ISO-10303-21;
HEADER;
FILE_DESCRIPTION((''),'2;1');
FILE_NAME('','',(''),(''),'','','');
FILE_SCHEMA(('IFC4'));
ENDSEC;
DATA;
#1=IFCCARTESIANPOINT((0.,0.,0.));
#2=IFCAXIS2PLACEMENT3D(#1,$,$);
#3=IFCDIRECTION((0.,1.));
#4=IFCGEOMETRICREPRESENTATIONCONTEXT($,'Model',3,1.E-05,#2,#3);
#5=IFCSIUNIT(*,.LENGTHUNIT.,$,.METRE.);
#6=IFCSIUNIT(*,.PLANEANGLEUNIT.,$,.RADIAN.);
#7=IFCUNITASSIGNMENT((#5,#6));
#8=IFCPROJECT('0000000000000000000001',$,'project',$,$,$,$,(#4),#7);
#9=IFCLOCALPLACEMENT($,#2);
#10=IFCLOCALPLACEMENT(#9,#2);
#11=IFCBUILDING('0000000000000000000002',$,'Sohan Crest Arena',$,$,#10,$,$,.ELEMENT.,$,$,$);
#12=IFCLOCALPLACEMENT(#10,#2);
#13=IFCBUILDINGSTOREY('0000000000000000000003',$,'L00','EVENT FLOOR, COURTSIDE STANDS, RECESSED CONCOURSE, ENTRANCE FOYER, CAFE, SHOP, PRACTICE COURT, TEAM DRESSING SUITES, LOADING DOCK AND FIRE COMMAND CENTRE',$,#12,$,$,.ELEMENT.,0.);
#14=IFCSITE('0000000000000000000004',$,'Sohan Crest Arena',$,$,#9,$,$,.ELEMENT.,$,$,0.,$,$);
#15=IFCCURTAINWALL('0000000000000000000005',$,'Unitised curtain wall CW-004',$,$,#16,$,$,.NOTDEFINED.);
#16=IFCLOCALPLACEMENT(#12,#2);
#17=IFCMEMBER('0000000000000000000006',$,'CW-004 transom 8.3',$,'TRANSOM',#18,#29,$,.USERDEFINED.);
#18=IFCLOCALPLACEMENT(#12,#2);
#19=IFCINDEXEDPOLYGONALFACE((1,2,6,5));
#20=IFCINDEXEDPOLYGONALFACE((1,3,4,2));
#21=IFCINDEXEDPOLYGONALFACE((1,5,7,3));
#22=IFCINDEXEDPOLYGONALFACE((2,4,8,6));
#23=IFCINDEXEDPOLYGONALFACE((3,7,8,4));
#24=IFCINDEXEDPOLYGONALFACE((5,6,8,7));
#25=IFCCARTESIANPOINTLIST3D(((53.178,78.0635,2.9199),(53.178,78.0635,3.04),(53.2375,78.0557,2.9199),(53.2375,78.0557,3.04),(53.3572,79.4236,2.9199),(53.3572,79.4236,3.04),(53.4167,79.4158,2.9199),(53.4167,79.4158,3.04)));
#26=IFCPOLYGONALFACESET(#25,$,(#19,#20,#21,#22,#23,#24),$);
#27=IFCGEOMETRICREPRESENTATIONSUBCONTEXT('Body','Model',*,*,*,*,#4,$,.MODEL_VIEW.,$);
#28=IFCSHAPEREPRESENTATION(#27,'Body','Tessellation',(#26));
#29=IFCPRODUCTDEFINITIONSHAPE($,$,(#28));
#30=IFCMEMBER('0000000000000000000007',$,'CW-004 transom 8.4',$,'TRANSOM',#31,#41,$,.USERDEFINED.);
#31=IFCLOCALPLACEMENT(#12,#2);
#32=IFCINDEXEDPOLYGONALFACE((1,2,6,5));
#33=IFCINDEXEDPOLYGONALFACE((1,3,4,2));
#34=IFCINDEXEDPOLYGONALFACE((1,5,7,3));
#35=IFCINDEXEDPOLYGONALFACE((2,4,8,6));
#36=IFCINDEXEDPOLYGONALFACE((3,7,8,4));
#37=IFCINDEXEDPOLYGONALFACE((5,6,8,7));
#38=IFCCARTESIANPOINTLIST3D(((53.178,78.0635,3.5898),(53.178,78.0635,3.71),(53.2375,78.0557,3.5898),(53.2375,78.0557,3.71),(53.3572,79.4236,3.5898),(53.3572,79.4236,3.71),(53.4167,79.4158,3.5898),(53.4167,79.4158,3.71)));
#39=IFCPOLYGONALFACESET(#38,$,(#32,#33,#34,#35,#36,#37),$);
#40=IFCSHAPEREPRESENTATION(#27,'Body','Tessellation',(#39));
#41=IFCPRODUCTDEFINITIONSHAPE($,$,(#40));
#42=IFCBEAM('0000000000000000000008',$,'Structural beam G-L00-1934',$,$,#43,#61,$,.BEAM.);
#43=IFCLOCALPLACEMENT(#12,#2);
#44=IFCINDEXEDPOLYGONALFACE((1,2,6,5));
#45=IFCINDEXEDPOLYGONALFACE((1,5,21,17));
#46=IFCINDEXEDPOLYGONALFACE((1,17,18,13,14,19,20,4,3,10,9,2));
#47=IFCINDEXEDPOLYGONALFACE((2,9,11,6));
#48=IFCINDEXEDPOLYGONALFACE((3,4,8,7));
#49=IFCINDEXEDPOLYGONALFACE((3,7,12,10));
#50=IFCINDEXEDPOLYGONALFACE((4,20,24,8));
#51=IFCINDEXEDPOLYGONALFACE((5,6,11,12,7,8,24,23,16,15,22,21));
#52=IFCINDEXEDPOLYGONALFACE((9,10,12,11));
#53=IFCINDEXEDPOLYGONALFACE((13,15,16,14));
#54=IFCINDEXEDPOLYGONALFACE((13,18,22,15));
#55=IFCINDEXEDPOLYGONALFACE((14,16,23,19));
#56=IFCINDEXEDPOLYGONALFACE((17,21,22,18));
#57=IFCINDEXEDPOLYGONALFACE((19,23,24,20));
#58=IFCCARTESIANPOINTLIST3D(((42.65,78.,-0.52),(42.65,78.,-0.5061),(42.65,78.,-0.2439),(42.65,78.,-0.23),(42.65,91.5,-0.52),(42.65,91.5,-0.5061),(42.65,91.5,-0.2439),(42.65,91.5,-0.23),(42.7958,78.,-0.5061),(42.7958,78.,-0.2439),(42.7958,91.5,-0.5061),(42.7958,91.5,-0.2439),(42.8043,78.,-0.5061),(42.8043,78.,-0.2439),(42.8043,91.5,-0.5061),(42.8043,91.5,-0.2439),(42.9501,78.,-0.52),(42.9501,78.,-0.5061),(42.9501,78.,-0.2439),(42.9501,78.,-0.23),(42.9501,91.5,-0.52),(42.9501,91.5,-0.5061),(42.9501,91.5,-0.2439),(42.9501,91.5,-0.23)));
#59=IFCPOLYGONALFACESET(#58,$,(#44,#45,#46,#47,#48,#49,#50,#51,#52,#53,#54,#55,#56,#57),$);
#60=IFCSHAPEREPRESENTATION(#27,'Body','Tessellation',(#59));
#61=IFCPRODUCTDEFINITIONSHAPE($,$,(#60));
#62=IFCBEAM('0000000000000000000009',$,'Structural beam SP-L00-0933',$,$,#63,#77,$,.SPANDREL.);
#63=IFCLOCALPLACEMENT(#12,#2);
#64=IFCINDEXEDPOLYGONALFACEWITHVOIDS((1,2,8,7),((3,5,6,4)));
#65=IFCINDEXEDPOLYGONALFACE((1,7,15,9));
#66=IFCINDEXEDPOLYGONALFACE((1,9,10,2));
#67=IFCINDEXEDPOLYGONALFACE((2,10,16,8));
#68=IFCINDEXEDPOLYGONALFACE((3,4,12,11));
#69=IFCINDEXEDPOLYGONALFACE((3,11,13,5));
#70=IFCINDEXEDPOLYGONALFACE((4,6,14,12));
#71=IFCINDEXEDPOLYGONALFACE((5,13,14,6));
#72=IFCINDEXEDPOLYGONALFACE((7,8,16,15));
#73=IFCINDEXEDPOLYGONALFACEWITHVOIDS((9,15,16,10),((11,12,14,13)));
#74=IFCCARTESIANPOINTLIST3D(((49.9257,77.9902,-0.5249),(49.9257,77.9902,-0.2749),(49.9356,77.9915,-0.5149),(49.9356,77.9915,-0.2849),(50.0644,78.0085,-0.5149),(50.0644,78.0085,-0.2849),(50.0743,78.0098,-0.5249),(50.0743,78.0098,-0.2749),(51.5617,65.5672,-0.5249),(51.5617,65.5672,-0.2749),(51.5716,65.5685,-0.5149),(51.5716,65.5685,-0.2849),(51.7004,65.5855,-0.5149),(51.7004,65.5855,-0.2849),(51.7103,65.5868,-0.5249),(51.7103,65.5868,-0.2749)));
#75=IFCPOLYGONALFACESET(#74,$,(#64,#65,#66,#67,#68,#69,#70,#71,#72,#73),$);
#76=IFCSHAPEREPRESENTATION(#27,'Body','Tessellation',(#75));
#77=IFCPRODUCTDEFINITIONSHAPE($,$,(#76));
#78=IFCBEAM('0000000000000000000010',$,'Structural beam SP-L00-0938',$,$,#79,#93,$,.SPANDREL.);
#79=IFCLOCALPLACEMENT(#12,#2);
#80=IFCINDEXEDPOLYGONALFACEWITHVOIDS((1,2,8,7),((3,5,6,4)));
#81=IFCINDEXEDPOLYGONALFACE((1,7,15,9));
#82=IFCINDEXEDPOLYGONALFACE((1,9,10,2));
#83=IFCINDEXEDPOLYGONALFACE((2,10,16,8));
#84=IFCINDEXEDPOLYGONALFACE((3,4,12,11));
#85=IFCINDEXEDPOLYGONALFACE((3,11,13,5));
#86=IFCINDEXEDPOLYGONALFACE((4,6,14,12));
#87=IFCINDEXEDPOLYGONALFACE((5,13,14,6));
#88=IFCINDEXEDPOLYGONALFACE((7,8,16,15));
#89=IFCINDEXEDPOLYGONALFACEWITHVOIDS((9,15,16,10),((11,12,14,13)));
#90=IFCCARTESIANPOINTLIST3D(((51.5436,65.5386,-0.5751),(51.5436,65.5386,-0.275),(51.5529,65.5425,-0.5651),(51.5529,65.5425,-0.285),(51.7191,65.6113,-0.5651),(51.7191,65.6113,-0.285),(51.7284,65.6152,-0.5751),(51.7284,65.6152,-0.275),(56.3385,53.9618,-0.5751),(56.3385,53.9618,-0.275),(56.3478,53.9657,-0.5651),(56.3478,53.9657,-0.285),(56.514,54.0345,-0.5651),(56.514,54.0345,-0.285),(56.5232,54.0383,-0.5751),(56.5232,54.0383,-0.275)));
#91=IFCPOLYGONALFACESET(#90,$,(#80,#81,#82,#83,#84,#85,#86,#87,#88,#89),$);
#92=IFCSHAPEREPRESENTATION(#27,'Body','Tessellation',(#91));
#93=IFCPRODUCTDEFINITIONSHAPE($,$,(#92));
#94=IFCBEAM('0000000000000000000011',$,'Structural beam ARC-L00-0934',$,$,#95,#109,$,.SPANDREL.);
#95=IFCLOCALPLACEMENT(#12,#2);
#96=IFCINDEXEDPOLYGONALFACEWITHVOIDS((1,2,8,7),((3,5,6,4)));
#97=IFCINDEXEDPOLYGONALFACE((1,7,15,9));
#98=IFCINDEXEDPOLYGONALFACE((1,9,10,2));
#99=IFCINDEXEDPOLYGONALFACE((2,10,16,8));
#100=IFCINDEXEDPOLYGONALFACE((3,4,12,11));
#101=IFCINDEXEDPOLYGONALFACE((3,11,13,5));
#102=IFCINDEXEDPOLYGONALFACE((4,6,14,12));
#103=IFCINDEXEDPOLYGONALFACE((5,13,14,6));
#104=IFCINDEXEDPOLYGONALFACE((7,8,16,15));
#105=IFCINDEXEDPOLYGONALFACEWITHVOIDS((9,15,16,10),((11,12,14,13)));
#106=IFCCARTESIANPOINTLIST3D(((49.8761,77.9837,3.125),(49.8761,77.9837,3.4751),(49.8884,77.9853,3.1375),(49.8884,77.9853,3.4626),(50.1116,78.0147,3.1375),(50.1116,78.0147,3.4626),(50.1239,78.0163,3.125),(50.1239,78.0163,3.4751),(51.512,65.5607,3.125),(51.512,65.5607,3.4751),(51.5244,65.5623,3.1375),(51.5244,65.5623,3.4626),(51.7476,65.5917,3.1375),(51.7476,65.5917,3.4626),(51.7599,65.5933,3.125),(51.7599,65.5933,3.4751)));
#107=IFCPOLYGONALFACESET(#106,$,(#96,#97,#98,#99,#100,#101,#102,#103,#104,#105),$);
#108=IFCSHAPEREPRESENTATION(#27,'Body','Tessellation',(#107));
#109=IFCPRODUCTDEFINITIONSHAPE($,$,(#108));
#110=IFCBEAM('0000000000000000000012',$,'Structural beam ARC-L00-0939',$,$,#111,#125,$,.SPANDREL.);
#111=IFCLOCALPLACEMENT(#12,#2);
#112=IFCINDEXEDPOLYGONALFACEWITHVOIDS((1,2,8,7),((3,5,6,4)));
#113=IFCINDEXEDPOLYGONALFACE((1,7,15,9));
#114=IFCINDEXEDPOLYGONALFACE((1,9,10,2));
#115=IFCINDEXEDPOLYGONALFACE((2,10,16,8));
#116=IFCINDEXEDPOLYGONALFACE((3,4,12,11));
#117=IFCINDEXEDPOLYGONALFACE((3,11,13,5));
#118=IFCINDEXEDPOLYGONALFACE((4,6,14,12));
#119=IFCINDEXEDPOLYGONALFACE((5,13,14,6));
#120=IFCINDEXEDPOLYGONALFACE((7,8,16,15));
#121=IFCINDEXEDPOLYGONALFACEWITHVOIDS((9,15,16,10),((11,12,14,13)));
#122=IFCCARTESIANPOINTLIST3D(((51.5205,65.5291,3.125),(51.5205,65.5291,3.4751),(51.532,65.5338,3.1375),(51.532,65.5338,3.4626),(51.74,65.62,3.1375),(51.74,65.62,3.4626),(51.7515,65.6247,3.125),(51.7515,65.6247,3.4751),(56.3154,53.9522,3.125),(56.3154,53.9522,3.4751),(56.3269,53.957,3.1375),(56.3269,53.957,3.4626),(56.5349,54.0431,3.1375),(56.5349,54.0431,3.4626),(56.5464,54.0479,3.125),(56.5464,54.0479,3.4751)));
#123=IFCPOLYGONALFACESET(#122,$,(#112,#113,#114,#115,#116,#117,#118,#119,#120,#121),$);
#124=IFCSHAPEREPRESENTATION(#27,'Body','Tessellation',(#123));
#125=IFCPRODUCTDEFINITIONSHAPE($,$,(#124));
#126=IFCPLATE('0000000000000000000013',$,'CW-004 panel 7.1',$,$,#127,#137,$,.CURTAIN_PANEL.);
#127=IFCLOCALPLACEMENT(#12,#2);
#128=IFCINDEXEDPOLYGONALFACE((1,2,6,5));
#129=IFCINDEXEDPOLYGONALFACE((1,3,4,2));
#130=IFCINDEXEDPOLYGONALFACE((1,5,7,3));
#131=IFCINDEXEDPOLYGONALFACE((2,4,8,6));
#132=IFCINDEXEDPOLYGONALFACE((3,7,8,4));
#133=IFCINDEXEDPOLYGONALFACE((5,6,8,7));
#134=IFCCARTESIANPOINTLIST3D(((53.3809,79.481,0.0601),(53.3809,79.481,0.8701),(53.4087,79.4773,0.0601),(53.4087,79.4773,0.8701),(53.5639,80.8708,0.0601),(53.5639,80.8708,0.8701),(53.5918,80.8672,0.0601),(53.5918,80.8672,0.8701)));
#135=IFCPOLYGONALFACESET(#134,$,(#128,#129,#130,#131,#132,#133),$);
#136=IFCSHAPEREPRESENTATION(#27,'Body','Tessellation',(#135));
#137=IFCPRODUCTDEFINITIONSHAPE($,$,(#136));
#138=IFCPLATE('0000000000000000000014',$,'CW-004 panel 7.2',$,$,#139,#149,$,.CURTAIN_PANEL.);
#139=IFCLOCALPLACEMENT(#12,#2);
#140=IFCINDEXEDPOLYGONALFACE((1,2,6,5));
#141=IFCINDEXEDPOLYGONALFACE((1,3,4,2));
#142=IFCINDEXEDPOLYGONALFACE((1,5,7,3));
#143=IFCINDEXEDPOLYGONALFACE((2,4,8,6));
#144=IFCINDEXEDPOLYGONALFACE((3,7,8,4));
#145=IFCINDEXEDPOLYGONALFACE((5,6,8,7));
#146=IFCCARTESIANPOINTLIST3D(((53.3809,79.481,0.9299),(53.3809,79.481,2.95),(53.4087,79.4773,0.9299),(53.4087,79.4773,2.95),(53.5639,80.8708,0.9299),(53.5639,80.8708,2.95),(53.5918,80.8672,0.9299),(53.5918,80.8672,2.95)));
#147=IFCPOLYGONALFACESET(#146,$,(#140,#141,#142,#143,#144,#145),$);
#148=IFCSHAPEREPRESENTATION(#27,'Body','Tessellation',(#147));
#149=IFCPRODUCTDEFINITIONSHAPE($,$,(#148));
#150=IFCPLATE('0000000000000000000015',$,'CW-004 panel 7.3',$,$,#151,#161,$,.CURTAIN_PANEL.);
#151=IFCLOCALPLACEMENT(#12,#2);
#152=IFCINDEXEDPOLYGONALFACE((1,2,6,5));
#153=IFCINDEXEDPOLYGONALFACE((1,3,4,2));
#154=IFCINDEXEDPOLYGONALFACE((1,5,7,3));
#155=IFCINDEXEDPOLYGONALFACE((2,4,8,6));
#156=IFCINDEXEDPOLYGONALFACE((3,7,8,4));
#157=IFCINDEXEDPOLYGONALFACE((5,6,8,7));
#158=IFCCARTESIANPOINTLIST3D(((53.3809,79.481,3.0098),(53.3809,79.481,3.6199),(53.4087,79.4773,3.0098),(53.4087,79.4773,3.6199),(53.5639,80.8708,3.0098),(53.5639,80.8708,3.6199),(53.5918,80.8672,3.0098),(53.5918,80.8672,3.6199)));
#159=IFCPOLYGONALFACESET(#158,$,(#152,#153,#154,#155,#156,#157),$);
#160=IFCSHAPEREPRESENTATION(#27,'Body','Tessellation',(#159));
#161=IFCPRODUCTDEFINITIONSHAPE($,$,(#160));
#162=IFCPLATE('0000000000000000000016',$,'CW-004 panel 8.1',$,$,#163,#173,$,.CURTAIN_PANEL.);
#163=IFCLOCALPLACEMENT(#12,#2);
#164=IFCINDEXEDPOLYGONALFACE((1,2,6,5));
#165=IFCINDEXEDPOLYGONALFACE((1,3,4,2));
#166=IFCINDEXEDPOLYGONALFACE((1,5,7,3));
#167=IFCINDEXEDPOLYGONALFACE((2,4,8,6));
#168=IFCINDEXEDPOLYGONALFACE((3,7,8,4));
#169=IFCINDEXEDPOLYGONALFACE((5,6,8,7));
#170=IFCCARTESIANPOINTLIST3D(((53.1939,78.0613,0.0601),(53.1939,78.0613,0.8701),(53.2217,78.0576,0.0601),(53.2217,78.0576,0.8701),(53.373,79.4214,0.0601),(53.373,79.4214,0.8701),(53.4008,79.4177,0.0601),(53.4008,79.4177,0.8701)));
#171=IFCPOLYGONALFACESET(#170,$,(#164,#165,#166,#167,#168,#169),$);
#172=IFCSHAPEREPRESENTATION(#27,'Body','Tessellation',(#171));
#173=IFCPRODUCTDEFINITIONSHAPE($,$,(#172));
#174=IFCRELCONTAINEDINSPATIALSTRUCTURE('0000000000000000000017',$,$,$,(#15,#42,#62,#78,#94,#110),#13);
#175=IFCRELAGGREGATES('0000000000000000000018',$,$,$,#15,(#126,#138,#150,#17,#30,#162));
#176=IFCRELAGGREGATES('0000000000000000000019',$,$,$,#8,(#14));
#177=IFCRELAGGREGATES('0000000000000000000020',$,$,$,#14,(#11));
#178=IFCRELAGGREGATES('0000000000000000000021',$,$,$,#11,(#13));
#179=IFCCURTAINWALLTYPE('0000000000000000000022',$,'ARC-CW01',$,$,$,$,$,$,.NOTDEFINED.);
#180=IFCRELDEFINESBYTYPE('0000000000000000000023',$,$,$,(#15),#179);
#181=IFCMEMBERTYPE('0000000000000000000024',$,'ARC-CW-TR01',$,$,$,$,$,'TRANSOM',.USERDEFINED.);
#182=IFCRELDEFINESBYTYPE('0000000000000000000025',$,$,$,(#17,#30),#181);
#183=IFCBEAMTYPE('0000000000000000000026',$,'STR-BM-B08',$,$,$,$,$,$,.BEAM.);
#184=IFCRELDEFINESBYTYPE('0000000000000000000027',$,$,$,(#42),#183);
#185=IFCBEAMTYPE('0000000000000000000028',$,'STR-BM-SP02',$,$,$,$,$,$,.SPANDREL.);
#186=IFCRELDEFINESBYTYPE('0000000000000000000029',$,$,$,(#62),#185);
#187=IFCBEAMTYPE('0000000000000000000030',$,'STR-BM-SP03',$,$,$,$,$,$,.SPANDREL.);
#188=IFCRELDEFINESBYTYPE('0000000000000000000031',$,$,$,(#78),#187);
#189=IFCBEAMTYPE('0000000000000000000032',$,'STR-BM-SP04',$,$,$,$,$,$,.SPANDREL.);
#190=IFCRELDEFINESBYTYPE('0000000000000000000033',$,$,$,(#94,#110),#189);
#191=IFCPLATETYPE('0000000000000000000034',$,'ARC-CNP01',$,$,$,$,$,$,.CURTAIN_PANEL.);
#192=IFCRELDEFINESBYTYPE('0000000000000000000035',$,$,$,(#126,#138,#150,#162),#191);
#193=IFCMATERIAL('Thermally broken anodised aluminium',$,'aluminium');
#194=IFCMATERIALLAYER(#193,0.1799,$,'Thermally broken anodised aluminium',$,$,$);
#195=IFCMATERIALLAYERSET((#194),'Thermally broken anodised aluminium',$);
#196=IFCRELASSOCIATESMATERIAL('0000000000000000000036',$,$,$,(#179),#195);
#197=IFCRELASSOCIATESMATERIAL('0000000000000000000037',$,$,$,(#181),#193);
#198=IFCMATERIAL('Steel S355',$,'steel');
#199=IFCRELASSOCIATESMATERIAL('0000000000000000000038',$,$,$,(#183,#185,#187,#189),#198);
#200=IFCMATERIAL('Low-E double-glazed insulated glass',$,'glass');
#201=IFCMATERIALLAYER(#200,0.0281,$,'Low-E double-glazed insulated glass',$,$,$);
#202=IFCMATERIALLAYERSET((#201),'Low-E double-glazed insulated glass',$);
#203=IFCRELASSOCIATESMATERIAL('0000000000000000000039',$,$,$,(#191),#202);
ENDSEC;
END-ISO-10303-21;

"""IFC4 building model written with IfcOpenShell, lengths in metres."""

from ifc_helpers import new_model, si_unit, direction, frame, origin, origin_2d, place, context, subcontext, project, spatial, rectangle, hollow_rectangle, i_section, extrude, material, layer, layer_set, material_profile, profile_set, type_object, element, aggregate, save


model = new_model("IFC4")

# Units and contexts
model_context = context("Model", 3, precision=1e-05, world=origin(), true_north=direction((0.0, 1.0)))
body_context = subcontext(model_context, "Body", "Model", "MODEL_VIEW")
ifc_project = project(units=[si_unit("LENGTHUNIT", "METRE"), si_unit("PLANEANGLEUNIT", "RADIAN")], contexts=[model_context])

# Site, building, storey
site_placement = place(None, origin())
site = spatial("IfcSite", under=ifc_project, at=site_placement, Name="Sohan Crest Arena", CompositionType="ELEMENT", RefElevation=0.0)
building_placement = place(site_placement, origin())
building = spatial("IfcBuilding", under=site, at=building_placement, Name="Sohan Crest Arena", CompositionType="ELEMENT")
storey_placement = place(building_placement, origin())
storey = spatial("IfcBuildingStorey", under=building, at=storey_placement, Name="L00", Description="EVENT FLOOR, COURTSIDE STANDS, RECESSED CONCOURSE, ENTRANCE FOYER, CAFE, SHOP, PRACTICE COURT, TEAM DRESSING SUITES, LOADING DOCK AND FIRE COMMAND CENTRE", CompositionType="ELEMENT", Elevation=0.0)

# Curtain wall, members
ifc_material_1 = material(Name="Thermally broken anodised aluminium", Category="aluminium")
ifc_layer_1 = layer(ifc_material_1, 0.1799, Name="Thermally broken anodised aluminium")
ifc_layer_set_1 = layer_set([ifc_layer_1], Name="Thermally broken anodised aluminium")
curtain_wall_type = type_object("IfcCurtainWallType", Name="ARC-CW01", PredefinedType="NOTDEFINED", material=ifc_layer_set_1)
curtain_wall_placement = place(storey_placement, origin())
curtain_wall = element("IfcCurtainWall", 1, at=curtain_wall_placement, inside=storey, type_object=curtain_wall_type, Name="Unitised curtain wall CW-004", PredefinedType="NOTDEFINED")
ifc_material_profile_1 = material_profile(ifc_material_1, rectangle(XDim=0.0601, YDim=0.1201, at=origin_2d()), Name="ALU-TRAN 60x120")
ifc_profile_set_1 = profile_set([ifc_material_profile_1], Name="Thermally broken anodised aluminium")
member_type_1 = type_object("IfcMemberType", Name="ARC-CW-TR01", ElementType="TRANSOM", PredefinedType="USERDEFINED", material=ifc_profile_set_1)
member_1_placement = place(storey_placement, frame((53.387, 79.4197, 2.98), z_axis=(-0.130625, -0.991432, 0.0), x_axis=(0.991432, -0.130625, 0.0)))
member_1 = element("IfcMember", 2, at=member_1_placement, type_object=member_type_1, Name="CW-004 transom 8.3", ObjectType="TRANSOM", PredefinedType="USERDEFINED", context=body_context, shape_type="SweptSolid", body=[
    extrude(rectangle(XDim=0.0601, YDim=0.1201, at=origin_2d()), origin(), (0.0, 0.0, 1.0), 1.3718),
])
member_2_placement = place(storey_placement, frame((53.387, 79.4197, 3.6499), z_axis=(-0.130625, -0.991432, 0.0), x_axis=(0.991432, -0.130625, 0.0)))
member_2 = element("IfcMember", 3, at=member_2_placement, type_object=member_type_1, Name="CW-004 transom 8.4", ObjectType="TRANSOM", PredefinedType="USERDEFINED", context=body_context, shape_type="SweptSolid", body=[
    extrude(rectangle(XDim=0.0601, YDim=0.1201, at=origin_2d()), origin(), (0.0, 0.0, 1.0), 1.3718),
])

# Beams
ifc_material_2 = material(Name="Steel S355", Category="steel")
ifc_material_profile_2 = material_profile(ifc_material_2, i_section(OverallWidth=0.3, OverallDepth=0.29, WebThickness=0.0085, FlangeThickness=0.0139, at=origin_2d()), Name="HEA 300")
ifc_profile_set_2 = profile_set([ifc_material_profile_2], Name="Steel S355")
beam_type_1 = type_object("IfcBeamType", Name="STR-BM-B08", PredefinedType="BEAM", material=ifc_profile_set_2)
beam_1_placement = place(storey_placement, frame((42.8, 78.0, -0.375), z_axis=(0.0, 1.0, 0.0), x_axis=(-1.0, 0.0, 0.0)))
element("IfcBeam", 4, at=beam_1_placement, inside=storey, type_object=beam_type_1, Name="Structural beam G-L00-1934", PredefinedType="BEAM", context=body_context, shape_type="SweptSolid", body=[
    extrude(i_section(OverallWidth=0.3, OverallDepth=0.29, WebThickness=0.0085, FlangeThickness=0.0139, at=origin_2d()), origin(), (0.0, 0.0, 1.0), 13.5),
])
ifc_material_profile_3 = material_profile(ifc_material_2, hollow_rectangle(XDim=0.1499, YDim=0.25, WallThickness=0.01, at=origin_2d()), Name="RHS 250x150x10")
ifc_profile_set_3 = profile_set([ifc_material_profile_3], Name="Steel S355")
beam_type_2 = type_object("IfcBeamType", Name="STR-BM-SP02", PredefinedType="SPANDREL", material=ifc_profile_set_3)
beam_2_placement = place(storey_placement, frame((50.0, 78.0, -0.3999), z_axis=(0.130562, -0.99144, 0.0), x_axis=(0.99144, 0.130562, 0.0)))
element("IfcBeam", 5, at=beam_2_placement, inside=storey, type_object=beam_type_2, Name="Structural beam SP-L00-0933", PredefinedType="SPANDREL", context=body_context, shape_type="SweptSolid", body=[
    extrude(hollow_rectangle(XDim=0.1499, YDim=0.25, WallThickness=0.01, at=origin_2d()), origin(), (0.0, 0.0, 1.0), 12.5303),
])
ifc_material_profile_4 = material_profile(ifc_material_2, hollow_rectangle(XDim=0.2, YDim=0.3, WallThickness=0.01, at=origin_2d()), Name="RHS 300x200x10")
ifc_profile_set_4 = profile_set([ifc_material_profile_4], Name="Steel S355")
beam_type_3 = type_object("IfcBeamType", Name="STR-BM-SP03", PredefinedType="SPANDREL", material=ifc_profile_set_4)
beam_3_placement = place(storey_placement, frame((51.636, 65.5769, -0.425), z_axis=(0.382657, -0.923891, 0.0), x_axis=(0.923891, 0.382657, 0.0)))
element("IfcBeam", 6, at=beam_3_placement, inside=storey, type_object=beam_type_3, Name="Structural beam SP-L00-0938", PredefinedType="SPANDREL", context=body_context, shape_type="SweptSolid", body=[
    extrude(hollow_rectangle(XDim=0.2, YDim=0.3, WallThickness=0.01, at=origin_2d()), origin(), (0.0, 0.0, 1.0), 12.5305),
])
ifc_material_profile_5 = material_profile(ifc_material_2, hollow_rectangle(XDim=0.25, YDim=0.3501, WallThickness=0.0125, at=origin_2d()), Name="RHS 350x250x12.5")
ifc_profile_set_5 = profile_set([ifc_material_profile_5], Name="Steel S355")
beam_type_4 = type_object("IfcBeamType", Name="STR-BM-SP04", PredefinedType="SPANDREL", material=ifc_profile_set_5)
beam_4_placement = place(storey_placement, frame((50.0, 78.0, 3.3), z_axis=(0.130562, -0.99144, 0.0), x_axis=(0.99144, 0.130562, 0.0)))
element("IfcBeam", 7, at=beam_4_placement, inside=storey, type_object=beam_type_4, Name="Structural beam ARC-L00-0934", PredefinedType="SPANDREL", context=body_context, shape_type="SweptSolid", body=[
    extrude(hollow_rectangle(XDim=0.25, YDim=0.3501, WallThickness=0.0125, at=origin_2d()), origin(), (0.0, 0.0, 1.0), 12.5303),
])
beam_5_placement = place(storey_placement, frame((51.636, 65.5769, 3.3), z_axis=(0.382657, -0.923891, 0.0), x_axis=(0.923891, 0.382657, 0.0)))
element("IfcBeam", 8, at=beam_5_placement, inside=storey, type_object=beam_type_4, Name="Structural beam ARC-L00-0939", PredefinedType="SPANDREL", context=body_context, shape_type="SweptSolid", body=[
    extrude(hollow_rectangle(XDim=0.25, YDim=0.3501, WallThickness=0.0125, at=origin_2d()), origin(), (0.0, 0.0, 1.0), 12.5305),
])

# Plates
ifc_material_3 = material(Name="Low-E double-glazed insulated glass", Category="glass")
ifc_layer_2 = layer(ifc_material_3, 0.0281, Name="Low-E double-glazed insulated glass")
ifc_layer_set_2 = layer_set([ifc_layer_2], Name="Low-E double-glazed insulated glass")
plate_type = type_object("IfcPlateType", Name="ARC-CNP01", PredefinedType="CURTAIN_PANEL", material=ifc_layer_set_2)
plate_1_placement = place(storey_placement, frame((53.4863, 80.1741, 0.0601), z_axis=(0.0, 0.0, 1.0), x_axis=(-0.130567, -0.991439, 0.0)))
plate_1 = element("IfcPlate", 9, at=plate_1_placement, type_object=plate_type, Name="CW-004 panel 7.1", PredefinedType="CURTAIN_PANEL", context=body_context, shape_type="SweptSolid", body=[
    extrude(rectangle(XDim=1.4019, YDim=0.0281, at=origin_2d()), origin(), (0.0, 0.0, 1.0), 0.8101),
])
plate_2_placement = place(storey_placement, frame((53.4863, 80.1741, 0.9299), z_axis=(0.0, 0.0, 1.0), x_axis=(-0.130567, -0.991439, 0.0)))
plate_2 = element("IfcPlate", 10, at=plate_2_placement, type_object=plate_type, Name="CW-004 panel 7.2", PredefinedType="CURTAIN_PANEL", context=body_context, shape_type="SweptSolid", body=[
    extrude(rectangle(XDim=1.4019, YDim=0.0281, at=origin_2d()), origin(), (0.0, 0.0, 1.0), 2.02),
])
plate_3_placement = place(storey_placement, frame((53.4863, 80.1741, 3.0098), z_axis=(0.0, 0.0, 1.0), x_axis=(-0.130567, -0.991439, 0.0)))
plate_3 = element("IfcPlate", 11, at=plate_3_placement, type_object=plate_type, Name="CW-004 panel 7.3", PredefinedType="CURTAIN_PANEL", context=body_context, shape_type="SweptSolid", body=[
    extrude(rectangle(XDim=1.4019, YDim=0.0281, at=origin_2d()), origin(), (0.0, 0.0, 1.0), 0.6101),
])
plate_4_placement = place(storey_placement, frame((53.2974, 78.7395, 0.0601), z_axis=(0.0, 0.0, 1.0), x_axis=(-0.130567, -0.991439, 0.0)))
plate_4 = element("IfcPlate", 12, at=plate_4_placement, type_object=plate_type, Name="CW-004 panel 8.1", PredefinedType="CURTAIN_PANEL", context=body_context, shape_type="SweptSolid", body=[
    extrude(rectangle(XDim=1.3718, YDim=0.0281, at=origin_2d()), origin(), (0.0, 0.0, 1.0), 0.8101),
])
aggregate(curtain_wall, [plate_1, plate_2, plate_3, member_1, member_2, plate_4])

save(model, "model.ifc")
